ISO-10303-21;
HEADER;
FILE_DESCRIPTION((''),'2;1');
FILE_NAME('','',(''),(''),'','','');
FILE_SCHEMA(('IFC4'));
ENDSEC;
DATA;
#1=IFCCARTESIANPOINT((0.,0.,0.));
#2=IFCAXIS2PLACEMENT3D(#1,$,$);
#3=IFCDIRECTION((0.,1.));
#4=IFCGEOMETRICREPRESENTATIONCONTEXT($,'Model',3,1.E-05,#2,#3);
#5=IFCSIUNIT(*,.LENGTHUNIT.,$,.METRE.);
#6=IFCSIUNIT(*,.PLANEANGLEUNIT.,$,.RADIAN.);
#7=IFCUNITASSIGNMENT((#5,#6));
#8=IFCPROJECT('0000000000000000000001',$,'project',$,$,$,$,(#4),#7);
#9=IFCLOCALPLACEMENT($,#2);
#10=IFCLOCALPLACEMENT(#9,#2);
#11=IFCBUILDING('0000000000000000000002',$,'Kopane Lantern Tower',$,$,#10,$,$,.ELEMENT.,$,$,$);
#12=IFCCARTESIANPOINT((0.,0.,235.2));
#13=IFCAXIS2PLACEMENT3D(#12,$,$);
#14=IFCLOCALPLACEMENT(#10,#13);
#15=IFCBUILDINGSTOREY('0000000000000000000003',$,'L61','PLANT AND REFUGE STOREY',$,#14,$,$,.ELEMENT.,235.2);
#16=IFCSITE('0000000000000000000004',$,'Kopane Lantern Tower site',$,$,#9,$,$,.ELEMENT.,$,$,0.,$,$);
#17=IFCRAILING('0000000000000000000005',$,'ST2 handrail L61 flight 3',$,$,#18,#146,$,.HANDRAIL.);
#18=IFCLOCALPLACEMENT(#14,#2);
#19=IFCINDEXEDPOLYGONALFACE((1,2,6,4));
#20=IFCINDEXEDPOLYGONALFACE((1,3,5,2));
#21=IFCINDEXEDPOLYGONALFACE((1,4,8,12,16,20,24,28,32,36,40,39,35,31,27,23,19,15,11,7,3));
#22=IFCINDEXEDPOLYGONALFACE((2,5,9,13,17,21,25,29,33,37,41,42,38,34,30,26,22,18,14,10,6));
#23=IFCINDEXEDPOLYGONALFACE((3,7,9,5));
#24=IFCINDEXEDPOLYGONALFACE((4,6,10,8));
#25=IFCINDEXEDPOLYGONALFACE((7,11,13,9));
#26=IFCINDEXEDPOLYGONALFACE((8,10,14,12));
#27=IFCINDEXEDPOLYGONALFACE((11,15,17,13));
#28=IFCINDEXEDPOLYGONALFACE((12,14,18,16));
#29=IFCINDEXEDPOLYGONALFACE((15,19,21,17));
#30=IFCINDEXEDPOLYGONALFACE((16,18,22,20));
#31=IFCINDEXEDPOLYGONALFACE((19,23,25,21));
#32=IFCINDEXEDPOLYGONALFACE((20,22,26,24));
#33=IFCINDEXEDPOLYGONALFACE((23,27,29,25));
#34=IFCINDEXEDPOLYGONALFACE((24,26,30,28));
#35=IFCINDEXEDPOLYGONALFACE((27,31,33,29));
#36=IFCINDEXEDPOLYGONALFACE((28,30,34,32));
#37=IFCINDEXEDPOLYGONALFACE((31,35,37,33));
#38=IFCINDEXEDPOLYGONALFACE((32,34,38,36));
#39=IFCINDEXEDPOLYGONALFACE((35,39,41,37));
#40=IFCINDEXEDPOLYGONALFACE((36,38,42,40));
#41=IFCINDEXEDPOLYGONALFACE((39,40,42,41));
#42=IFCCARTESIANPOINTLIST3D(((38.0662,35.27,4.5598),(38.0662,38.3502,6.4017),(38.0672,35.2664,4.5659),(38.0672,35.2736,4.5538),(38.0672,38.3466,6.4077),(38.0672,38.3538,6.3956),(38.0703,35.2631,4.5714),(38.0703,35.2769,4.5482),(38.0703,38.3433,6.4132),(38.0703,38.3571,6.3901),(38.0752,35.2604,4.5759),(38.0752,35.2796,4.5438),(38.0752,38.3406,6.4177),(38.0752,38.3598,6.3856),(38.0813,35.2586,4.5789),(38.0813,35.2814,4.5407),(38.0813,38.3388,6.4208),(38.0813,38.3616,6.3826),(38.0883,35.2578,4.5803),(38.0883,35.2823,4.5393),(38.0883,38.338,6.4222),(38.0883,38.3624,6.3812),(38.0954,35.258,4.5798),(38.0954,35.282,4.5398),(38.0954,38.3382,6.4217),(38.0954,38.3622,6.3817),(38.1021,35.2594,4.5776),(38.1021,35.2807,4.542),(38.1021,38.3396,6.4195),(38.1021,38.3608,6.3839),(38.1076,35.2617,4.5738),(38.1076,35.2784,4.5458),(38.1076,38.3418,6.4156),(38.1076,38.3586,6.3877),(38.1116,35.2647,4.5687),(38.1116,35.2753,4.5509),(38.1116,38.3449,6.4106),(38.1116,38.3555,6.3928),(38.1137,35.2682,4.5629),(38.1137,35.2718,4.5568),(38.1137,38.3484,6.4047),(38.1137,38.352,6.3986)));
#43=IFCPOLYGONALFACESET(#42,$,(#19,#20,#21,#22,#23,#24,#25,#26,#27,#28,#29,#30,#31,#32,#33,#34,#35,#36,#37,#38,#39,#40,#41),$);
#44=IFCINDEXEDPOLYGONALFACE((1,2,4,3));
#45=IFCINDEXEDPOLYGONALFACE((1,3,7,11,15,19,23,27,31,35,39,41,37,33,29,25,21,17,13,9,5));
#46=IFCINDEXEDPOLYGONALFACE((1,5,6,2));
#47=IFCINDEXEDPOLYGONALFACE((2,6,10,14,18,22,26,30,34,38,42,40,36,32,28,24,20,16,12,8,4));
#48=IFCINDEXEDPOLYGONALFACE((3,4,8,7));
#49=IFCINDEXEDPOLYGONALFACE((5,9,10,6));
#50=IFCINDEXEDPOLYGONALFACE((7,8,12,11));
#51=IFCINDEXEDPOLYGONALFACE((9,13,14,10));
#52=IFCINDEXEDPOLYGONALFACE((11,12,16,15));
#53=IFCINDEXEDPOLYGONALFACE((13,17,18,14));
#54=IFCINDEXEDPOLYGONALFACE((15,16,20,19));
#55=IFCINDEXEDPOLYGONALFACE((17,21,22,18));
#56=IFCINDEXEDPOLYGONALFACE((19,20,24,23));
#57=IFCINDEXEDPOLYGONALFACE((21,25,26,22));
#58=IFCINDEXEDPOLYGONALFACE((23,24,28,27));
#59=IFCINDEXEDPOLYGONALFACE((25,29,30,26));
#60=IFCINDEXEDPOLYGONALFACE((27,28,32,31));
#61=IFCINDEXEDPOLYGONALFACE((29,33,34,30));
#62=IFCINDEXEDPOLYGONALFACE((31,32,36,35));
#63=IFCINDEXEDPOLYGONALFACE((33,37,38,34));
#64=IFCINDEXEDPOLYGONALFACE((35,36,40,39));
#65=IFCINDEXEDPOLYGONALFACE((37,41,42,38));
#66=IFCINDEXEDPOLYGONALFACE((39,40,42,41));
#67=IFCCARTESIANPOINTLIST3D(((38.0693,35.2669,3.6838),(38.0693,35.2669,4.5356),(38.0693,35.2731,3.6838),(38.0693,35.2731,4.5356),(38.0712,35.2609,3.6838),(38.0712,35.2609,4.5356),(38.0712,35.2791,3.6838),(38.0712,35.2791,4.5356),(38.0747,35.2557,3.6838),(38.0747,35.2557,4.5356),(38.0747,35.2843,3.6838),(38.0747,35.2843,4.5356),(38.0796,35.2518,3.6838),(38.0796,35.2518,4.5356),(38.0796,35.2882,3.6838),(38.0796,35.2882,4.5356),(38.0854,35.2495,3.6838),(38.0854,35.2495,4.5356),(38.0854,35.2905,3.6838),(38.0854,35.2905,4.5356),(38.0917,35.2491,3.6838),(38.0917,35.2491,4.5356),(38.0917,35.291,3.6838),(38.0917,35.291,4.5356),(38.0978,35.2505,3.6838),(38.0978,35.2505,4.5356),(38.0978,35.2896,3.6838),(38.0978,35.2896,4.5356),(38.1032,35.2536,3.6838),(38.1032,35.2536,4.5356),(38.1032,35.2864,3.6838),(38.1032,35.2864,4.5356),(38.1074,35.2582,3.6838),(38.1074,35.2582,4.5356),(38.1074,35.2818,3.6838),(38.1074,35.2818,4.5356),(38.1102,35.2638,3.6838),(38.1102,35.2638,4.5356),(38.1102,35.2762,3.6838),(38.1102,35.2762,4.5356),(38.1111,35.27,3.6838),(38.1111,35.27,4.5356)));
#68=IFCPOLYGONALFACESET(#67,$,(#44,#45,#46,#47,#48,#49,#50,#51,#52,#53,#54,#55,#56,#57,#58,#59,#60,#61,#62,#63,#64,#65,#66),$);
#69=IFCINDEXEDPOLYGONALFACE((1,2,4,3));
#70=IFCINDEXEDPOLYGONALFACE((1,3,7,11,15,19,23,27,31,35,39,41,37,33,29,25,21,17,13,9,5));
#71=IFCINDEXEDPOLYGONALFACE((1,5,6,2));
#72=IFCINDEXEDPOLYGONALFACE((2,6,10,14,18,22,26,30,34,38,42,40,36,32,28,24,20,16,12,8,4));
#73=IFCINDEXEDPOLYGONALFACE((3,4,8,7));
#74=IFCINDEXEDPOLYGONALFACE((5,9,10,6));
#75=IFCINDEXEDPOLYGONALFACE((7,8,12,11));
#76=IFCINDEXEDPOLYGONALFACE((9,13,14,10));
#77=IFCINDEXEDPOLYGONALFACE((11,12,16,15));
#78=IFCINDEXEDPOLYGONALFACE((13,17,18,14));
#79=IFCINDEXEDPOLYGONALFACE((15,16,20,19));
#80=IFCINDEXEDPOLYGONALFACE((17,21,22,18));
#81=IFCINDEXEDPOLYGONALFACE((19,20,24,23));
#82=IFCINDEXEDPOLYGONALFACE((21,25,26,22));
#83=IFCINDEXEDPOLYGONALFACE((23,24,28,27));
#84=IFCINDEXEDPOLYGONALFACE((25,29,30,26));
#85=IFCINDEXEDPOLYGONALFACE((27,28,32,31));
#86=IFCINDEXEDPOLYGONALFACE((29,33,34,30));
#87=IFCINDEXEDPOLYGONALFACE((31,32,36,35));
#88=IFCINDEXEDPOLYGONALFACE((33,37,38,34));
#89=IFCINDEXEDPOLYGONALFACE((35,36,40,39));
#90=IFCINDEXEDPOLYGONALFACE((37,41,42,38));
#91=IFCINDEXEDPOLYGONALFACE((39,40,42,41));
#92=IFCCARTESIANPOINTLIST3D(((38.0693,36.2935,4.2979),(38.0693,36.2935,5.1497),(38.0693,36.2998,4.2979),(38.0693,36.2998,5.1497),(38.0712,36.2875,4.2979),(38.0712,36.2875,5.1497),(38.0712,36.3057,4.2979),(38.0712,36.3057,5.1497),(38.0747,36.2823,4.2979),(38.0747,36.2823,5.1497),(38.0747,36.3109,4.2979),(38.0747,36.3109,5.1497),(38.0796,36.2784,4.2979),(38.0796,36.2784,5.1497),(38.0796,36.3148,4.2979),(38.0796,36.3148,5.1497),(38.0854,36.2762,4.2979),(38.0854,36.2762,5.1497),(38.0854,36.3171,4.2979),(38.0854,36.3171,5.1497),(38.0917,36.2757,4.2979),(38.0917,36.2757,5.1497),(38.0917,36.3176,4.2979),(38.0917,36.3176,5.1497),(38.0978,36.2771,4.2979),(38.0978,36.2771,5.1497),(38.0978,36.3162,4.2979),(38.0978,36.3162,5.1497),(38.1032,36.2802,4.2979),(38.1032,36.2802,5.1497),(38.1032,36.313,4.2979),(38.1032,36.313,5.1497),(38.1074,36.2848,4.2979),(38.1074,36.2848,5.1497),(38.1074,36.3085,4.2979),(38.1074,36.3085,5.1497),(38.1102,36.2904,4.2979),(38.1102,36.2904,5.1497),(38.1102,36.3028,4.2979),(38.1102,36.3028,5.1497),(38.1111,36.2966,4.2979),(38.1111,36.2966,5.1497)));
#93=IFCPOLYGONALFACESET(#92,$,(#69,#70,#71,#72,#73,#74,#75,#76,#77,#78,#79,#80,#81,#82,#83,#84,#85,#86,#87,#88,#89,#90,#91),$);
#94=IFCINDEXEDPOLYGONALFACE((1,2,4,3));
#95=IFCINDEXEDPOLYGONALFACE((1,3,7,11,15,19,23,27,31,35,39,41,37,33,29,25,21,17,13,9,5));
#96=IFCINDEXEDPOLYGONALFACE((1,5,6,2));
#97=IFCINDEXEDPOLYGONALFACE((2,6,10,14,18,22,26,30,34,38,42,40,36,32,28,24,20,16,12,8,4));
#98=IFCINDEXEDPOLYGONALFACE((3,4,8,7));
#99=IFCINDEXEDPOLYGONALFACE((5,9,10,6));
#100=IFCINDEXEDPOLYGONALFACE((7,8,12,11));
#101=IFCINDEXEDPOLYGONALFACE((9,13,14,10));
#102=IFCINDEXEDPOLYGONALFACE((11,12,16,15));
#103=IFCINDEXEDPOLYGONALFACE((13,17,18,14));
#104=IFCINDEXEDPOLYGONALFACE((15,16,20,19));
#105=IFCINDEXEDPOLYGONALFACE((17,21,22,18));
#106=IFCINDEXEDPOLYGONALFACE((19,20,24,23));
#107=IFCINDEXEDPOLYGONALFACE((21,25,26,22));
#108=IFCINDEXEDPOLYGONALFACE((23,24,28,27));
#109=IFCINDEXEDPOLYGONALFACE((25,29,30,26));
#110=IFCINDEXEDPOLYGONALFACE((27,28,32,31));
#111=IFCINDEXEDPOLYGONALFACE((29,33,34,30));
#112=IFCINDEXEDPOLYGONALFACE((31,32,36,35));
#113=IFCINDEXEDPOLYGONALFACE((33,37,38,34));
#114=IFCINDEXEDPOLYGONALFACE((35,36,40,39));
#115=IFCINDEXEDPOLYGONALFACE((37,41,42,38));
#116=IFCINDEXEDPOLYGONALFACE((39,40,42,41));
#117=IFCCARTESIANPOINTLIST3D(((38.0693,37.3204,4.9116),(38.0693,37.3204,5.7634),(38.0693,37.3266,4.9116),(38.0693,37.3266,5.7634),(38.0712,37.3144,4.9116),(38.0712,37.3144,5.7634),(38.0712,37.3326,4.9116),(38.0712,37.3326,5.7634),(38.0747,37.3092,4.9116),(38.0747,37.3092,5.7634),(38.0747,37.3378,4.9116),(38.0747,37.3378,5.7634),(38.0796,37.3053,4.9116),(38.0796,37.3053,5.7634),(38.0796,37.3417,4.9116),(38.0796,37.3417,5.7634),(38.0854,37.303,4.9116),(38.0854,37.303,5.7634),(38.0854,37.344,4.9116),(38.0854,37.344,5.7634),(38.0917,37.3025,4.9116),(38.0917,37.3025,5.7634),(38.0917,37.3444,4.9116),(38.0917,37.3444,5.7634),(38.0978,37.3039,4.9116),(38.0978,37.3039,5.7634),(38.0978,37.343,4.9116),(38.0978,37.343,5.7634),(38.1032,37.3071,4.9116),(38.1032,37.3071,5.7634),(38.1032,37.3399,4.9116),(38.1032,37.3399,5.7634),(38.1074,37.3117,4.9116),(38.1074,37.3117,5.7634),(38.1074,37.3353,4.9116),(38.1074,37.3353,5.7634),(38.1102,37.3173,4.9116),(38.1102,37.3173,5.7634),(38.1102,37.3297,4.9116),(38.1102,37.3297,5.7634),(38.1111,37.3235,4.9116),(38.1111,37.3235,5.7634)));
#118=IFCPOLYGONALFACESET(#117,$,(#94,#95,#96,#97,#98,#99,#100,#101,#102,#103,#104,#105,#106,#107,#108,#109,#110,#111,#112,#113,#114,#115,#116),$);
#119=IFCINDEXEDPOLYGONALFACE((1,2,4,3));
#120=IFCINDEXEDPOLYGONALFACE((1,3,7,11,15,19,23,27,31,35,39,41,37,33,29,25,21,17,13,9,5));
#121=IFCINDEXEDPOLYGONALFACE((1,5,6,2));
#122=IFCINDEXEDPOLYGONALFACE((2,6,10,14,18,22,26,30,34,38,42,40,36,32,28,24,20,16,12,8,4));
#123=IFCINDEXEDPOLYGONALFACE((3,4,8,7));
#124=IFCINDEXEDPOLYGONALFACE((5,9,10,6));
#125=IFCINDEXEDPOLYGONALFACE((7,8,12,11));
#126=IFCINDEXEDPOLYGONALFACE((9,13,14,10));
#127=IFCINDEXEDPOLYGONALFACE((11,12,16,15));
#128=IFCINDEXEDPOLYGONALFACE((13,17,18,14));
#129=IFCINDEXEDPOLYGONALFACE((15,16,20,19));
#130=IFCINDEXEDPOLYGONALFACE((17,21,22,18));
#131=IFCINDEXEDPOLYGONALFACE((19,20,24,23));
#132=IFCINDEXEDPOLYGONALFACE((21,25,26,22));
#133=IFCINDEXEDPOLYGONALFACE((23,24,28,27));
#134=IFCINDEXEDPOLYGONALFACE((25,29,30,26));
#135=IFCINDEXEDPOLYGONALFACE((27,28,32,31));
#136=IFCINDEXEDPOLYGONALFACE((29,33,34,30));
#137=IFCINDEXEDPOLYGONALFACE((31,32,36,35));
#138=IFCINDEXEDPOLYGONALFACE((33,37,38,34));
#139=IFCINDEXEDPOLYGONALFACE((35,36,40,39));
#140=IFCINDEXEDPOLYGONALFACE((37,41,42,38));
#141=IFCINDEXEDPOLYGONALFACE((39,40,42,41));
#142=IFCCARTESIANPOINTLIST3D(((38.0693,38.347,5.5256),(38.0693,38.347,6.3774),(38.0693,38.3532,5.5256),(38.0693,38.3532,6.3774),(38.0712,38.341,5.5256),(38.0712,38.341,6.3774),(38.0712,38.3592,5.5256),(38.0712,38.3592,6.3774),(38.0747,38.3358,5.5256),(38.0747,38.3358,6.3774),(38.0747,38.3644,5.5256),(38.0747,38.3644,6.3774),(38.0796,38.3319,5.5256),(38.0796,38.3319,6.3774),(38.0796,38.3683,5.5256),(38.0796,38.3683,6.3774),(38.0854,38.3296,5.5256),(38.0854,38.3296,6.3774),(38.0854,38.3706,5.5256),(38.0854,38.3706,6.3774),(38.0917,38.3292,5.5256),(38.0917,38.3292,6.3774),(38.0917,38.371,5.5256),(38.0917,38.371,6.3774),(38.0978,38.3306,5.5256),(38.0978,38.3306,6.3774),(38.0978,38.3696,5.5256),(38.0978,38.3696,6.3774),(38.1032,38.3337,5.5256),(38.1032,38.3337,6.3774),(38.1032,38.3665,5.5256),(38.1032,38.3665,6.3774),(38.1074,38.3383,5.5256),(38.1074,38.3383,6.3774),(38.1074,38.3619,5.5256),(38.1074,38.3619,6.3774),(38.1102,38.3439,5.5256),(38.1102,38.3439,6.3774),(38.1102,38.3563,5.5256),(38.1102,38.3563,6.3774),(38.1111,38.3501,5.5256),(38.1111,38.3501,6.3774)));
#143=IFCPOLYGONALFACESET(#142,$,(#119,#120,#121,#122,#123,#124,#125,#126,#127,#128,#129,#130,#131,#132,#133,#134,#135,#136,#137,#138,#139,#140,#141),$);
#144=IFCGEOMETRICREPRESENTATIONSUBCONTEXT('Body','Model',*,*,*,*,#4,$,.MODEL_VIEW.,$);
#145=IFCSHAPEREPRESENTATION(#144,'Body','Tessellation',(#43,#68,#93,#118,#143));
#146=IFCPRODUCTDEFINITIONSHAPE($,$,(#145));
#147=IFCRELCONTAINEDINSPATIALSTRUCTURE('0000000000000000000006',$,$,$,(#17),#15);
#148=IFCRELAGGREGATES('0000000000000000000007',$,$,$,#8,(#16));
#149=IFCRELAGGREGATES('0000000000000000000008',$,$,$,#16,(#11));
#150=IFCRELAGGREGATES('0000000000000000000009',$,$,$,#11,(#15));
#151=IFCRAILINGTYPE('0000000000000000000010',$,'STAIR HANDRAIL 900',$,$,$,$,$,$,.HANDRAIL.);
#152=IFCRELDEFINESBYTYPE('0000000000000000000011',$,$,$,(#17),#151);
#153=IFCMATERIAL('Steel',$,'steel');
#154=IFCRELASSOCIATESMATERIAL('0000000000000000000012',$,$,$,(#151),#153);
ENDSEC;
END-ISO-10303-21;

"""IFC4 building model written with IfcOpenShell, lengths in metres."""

from ifc_helpers import new_model, si_unit, direction, frame, origin, origin_2d, place, context, subcontext, project, spatial, circle, extrude, material, type_object, element, save


model = new_model("IFC4")

# Units and contexts
model_context = context("Model", 3, precision=1e-05, world=origin(), true_north=direction((0.0, 1.0)))
body_context = subcontext(model_context, "Body", "Model", "MODEL_VIEW")
ifc_project = project(units=[si_unit("LENGTHUNIT", "METRE"), si_unit("PLANEANGLEUNIT", "RADIAN")], contexts=[model_context])

# Site, building, storey
site_placement = place(None, origin())
site = spatial("IfcSite", under=ifc_project, at=site_placement, Name="Kopane Lantern Tower site", CompositionType="ELEMENT", RefElevation=0.0)
building_placement = place(site_placement, origin())
building = spatial("IfcBuilding", under=site, at=building_placement, Name="Kopane Lantern Tower", CompositionType="ELEMENT")
storey_placement = place(building_placement, frame((0.0, 0.0, 235.2)))
storey = spatial("IfcBuildingStorey", under=building, at=storey_placement, Name="L61", Description="PLANT AND REFUGE STOREY", CompositionType="ELEMENT", Elevation=235.2)

# Railing
ifc_material_1 = material(Name="Steel", Category="steel")
railing_type_1 = type_object("IfcRailingType", Name="STAIR HANDRAIL 900", PredefinedType="HANDRAIL", material=ifc_material_1)
railing_1_placement = place(storey_placement, frame((38.0901, 35.27, 3.6838)))
element("IfcRailing", 1, at=railing_1_placement, inside=storey, type_object=railing_type_1, Name="ST2 handrail L61 flight 3", PredefinedType="HANDRAIL", context=body_context, shape_type="SweptSolid", body=[
    extrude(circle(Radius=0.0239, at=origin_2d()), frame((0.0, 0.0, 0.876), z_axis=(0.0, 0.85826, 0.513215), x_axis=(-1.0, 0.0, 0.0)), (0.0, 0.0, 1.0), 3.5889),
    extrude(circle(Radius=0.021, at=origin_2d()), origin(), (0.0, 0.0, 1.0), 0.8518),
    extrude(circle(Radius=0.021, at=origin_2d()), frame((0.0, 1.0266, 0.614)), (0.0, 0.0, 1.0), 0.8518),
    extrude(circle(Radius=0.021, at=origin_2d()), frame((0.0, 2.0535, 1.2278)), (0.0, 0.0, 1.0), 0.8518),
    extrude(circle(Radius=0.021, at=origin_2d()), frame((0.0, 3.0801, 1.8418)), (0.0, 0.0, 1.0), 0.8518),
])

save(model, "model.ifc")
